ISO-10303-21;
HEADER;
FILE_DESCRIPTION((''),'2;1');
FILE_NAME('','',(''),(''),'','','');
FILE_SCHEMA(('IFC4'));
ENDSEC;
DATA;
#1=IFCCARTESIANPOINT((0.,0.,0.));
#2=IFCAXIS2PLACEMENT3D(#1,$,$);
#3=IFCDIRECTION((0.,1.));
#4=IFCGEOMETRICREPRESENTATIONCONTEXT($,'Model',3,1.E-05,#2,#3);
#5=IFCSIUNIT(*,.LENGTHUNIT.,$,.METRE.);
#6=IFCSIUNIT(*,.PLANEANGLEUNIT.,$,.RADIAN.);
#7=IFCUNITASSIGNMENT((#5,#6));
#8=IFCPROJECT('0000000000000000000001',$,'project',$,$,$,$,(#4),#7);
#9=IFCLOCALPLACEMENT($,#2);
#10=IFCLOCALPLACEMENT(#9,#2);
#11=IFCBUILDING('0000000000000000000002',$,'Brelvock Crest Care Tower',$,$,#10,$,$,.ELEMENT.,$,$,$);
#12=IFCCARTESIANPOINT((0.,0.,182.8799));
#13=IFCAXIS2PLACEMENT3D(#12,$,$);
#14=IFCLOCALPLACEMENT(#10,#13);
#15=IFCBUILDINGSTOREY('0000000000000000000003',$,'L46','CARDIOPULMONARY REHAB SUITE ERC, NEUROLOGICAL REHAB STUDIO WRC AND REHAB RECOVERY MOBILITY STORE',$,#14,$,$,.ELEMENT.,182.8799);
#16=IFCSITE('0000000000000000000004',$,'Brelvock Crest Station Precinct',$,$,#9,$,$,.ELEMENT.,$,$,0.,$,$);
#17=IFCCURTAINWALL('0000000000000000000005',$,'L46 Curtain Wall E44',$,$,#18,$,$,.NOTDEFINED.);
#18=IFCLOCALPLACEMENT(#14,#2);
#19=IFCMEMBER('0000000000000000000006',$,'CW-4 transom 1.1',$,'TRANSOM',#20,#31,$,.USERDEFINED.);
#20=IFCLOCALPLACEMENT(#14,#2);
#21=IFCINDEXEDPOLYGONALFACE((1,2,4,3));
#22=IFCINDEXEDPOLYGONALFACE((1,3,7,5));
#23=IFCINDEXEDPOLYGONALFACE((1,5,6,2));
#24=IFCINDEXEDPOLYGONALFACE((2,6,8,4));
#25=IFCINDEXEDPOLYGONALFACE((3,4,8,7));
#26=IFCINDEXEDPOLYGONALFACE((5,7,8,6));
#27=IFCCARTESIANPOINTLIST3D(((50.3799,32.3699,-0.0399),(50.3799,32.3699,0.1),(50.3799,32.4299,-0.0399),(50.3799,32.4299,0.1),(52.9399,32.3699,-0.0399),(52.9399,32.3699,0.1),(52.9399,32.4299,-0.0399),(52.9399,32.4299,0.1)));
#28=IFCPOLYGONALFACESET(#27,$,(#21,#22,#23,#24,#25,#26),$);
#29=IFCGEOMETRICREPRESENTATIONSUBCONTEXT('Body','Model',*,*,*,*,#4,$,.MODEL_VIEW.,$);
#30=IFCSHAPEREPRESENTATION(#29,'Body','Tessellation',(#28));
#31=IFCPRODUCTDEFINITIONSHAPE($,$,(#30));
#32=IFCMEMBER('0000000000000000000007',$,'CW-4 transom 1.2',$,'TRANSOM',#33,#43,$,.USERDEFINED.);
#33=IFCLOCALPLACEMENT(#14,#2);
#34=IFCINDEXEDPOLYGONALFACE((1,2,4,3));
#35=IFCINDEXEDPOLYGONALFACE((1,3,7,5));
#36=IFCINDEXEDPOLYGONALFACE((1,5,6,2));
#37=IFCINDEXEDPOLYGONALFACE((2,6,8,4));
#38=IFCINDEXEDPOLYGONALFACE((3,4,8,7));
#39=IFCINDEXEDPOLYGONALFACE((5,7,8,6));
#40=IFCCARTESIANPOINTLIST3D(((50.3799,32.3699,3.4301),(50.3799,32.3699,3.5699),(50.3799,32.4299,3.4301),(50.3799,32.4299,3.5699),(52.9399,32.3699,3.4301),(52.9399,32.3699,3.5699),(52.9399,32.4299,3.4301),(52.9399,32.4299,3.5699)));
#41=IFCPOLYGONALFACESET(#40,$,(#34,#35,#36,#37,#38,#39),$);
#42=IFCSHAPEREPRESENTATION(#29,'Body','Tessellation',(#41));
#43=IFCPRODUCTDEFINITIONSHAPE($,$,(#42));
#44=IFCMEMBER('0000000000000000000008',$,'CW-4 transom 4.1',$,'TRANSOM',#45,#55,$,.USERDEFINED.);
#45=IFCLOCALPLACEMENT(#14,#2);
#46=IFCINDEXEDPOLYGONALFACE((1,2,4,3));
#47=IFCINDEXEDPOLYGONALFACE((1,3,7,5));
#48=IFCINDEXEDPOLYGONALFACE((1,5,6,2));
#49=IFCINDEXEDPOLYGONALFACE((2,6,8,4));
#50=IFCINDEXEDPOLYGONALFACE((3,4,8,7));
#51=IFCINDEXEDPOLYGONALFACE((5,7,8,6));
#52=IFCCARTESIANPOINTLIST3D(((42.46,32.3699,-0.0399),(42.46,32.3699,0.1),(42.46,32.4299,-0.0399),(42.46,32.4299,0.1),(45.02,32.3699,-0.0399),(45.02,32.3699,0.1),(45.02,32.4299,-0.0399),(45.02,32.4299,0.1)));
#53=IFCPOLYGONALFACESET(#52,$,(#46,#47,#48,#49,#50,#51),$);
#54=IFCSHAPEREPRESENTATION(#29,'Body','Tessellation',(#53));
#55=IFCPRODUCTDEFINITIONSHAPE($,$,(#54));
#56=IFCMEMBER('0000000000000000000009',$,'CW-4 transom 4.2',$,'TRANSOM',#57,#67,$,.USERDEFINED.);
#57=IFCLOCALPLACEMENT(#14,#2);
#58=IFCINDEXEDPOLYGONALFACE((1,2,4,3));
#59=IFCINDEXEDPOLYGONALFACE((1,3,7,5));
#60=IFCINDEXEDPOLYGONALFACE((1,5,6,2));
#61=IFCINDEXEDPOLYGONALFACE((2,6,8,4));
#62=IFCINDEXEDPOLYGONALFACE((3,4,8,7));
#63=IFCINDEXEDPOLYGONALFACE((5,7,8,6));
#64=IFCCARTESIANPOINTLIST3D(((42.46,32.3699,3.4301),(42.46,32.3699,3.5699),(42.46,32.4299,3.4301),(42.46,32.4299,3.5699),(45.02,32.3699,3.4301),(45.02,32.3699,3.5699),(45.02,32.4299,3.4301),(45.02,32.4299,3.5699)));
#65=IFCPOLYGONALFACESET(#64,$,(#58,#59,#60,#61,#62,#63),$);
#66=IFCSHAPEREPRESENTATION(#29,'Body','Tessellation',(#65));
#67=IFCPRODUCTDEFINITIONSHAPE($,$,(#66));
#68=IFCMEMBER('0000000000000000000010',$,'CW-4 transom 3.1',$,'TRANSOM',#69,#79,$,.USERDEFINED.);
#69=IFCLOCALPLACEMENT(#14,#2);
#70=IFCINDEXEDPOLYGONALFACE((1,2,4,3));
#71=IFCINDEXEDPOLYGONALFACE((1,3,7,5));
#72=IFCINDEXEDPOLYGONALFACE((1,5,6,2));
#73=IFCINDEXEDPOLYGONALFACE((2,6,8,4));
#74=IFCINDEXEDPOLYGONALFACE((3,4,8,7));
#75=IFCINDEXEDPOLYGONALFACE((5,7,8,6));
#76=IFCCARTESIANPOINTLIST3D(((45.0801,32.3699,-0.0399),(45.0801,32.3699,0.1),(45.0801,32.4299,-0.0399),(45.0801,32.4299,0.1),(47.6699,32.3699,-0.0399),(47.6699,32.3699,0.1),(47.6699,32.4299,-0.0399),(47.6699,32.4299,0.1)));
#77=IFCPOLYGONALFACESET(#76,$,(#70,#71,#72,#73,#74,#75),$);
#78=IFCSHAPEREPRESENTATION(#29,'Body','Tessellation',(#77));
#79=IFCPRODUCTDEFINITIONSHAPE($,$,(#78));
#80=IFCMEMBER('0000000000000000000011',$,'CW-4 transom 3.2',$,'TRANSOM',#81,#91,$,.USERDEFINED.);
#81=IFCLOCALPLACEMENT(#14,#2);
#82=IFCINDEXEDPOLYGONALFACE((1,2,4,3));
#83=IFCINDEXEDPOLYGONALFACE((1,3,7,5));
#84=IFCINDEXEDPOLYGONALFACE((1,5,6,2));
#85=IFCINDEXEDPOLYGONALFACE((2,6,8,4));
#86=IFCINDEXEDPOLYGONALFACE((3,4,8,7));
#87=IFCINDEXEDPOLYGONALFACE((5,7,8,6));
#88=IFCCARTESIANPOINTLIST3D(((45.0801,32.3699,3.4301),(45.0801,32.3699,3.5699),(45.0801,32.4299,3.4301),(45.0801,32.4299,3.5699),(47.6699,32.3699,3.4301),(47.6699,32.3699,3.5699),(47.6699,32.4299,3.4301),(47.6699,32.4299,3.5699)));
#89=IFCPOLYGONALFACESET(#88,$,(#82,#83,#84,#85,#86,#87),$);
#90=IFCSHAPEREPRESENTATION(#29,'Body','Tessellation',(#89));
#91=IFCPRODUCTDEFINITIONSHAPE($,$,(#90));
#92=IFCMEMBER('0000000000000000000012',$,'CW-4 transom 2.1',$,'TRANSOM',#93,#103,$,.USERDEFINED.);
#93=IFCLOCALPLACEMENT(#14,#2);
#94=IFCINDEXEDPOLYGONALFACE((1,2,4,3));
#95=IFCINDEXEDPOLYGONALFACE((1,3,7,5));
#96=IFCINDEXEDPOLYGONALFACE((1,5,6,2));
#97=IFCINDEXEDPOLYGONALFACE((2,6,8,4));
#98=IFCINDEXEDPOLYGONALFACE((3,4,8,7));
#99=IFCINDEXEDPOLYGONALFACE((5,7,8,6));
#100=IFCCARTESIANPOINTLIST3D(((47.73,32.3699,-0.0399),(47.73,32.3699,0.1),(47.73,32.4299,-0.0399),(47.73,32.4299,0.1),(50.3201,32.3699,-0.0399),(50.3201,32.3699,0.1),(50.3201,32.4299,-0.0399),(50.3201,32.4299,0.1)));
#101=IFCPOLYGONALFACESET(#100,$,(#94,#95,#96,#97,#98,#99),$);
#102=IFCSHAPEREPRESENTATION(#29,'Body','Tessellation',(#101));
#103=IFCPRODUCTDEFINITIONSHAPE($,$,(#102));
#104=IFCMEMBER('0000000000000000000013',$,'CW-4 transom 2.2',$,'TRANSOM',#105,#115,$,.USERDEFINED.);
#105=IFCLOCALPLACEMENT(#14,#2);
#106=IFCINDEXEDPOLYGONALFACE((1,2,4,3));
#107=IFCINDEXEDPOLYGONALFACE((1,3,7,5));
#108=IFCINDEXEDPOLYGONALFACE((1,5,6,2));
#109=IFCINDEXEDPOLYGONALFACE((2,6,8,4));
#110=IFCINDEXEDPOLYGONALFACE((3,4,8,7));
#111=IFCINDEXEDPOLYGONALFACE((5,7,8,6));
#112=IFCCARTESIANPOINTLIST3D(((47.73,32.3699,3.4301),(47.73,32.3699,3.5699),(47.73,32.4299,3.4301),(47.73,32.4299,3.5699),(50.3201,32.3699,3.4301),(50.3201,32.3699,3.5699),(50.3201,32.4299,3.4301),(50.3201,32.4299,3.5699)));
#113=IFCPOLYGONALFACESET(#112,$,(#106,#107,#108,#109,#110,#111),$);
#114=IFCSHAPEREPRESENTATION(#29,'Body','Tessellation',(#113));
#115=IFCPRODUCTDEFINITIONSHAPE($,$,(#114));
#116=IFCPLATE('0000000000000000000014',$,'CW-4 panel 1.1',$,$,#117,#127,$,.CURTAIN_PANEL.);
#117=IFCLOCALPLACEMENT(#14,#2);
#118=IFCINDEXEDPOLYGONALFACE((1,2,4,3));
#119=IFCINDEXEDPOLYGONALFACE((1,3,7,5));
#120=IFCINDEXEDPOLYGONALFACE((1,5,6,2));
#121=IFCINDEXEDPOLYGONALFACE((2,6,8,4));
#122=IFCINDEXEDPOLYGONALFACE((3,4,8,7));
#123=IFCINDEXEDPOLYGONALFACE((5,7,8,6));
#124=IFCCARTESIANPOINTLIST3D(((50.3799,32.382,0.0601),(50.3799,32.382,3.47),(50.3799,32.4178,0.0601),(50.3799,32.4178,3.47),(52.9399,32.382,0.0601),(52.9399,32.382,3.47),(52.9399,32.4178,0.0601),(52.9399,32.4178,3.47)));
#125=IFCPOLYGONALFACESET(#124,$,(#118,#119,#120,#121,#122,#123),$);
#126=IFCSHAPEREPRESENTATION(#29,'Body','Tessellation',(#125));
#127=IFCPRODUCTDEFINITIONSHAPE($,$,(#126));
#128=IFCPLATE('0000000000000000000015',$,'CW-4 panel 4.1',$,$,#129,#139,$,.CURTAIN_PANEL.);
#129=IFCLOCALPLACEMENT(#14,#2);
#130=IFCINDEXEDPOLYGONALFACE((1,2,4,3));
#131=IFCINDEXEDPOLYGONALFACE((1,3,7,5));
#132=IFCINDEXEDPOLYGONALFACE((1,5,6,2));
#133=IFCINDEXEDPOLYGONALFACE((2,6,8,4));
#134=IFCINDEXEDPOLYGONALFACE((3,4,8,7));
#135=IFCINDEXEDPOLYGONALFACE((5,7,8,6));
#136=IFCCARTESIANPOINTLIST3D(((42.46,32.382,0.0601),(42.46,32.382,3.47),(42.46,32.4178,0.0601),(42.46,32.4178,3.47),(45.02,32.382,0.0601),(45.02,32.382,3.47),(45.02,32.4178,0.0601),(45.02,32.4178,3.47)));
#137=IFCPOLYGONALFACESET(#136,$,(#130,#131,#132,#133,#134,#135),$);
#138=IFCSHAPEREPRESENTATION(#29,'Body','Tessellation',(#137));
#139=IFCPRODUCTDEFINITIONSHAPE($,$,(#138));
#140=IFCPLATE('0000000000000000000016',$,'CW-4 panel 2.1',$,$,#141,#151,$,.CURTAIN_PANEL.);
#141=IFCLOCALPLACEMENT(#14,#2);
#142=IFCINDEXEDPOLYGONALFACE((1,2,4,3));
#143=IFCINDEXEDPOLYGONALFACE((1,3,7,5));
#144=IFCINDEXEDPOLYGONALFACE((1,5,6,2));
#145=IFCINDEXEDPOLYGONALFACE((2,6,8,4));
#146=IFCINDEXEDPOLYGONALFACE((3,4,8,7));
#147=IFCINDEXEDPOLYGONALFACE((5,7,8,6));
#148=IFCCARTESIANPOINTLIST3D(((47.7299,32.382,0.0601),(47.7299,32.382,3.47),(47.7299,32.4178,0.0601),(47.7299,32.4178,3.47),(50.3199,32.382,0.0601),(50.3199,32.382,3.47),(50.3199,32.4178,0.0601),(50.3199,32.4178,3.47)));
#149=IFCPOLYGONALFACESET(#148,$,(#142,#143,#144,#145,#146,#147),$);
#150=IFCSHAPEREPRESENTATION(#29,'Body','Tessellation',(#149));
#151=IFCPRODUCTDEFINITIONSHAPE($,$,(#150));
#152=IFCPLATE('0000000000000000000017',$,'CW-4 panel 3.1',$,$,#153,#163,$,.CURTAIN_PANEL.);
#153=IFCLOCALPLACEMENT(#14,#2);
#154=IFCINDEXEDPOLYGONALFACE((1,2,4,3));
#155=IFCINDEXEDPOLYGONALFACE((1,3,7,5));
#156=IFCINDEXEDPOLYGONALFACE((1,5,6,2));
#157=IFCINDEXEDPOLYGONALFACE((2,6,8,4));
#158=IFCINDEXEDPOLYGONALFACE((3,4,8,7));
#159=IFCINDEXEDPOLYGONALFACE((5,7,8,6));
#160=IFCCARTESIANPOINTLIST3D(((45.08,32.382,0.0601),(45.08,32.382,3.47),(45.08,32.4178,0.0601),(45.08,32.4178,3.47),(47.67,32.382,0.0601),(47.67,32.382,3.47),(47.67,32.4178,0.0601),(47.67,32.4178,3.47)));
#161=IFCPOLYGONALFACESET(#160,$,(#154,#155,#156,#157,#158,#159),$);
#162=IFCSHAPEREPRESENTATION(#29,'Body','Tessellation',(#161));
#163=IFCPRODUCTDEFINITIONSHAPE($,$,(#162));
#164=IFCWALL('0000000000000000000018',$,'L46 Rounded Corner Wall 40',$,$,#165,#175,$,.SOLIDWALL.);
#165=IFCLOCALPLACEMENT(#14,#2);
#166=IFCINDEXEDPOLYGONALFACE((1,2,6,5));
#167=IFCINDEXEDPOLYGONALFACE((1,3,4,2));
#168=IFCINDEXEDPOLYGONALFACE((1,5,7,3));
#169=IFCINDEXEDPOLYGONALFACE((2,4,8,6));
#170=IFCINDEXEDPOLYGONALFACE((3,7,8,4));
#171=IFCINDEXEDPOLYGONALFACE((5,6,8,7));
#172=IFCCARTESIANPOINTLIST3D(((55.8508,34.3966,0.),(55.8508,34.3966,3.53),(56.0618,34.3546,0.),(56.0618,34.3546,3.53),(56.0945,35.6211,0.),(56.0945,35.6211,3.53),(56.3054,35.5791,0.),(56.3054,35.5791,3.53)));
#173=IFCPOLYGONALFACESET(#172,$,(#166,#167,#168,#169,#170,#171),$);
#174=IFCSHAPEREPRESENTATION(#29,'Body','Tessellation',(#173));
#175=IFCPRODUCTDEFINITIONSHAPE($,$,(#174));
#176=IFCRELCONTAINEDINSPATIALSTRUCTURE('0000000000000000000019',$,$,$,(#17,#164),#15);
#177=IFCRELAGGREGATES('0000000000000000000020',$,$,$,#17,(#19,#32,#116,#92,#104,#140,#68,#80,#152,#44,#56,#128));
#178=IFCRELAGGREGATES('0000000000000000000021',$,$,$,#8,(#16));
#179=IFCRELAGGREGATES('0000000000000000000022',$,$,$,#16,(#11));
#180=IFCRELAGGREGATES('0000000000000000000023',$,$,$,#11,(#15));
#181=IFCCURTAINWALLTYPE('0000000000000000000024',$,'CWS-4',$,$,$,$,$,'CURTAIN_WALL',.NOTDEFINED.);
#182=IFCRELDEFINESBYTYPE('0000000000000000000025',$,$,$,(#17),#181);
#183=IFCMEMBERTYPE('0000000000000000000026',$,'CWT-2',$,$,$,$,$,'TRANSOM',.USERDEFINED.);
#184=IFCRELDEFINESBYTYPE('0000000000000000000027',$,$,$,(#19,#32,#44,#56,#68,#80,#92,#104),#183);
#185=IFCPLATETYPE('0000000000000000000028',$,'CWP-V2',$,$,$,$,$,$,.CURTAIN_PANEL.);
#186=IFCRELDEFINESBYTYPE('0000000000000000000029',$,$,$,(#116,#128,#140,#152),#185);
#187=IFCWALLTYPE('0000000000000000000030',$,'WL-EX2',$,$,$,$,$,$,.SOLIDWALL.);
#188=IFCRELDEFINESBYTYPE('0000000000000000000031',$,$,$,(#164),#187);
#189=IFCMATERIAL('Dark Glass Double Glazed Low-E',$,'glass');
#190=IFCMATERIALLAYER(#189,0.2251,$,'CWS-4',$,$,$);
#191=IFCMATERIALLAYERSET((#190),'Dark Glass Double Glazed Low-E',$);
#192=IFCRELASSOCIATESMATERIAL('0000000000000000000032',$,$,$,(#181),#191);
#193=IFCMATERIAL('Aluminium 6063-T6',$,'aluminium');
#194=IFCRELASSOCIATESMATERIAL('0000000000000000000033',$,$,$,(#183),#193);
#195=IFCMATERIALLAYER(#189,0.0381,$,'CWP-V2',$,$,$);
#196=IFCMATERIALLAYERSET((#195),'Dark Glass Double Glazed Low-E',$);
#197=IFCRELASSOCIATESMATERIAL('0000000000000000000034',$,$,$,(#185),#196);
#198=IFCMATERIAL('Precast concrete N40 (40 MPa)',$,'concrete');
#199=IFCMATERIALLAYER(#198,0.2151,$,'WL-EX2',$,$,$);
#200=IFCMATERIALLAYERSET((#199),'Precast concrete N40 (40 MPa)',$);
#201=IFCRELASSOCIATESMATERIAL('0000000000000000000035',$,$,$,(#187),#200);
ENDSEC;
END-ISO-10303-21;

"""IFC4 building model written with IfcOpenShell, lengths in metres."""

from ifc_helpers import new_model, si_unit, direction, frame, frame_2d, origin, origin_2d, place, context, subcontext, project, spatial, rectangle, extrude, source, transform, mapped, material, layer, layer_set, material_profile, profile_set, type_object, element, aggregate, save


model = new_model("IFC4")

# Units and contexts
model_context = context("Model", 3, precision=1e-05, world=origin(), true_north=direction((0.0, 1.0)))
body_context = subcontext(model_context, "Body", "Model", "MODEL_VIEW")
ifc_project = project(units=[si_unit("LENGTHUNIT", "METRE"), si_unit("PLANEANGLEUNIT", "RADIAN")], contexts=[model_context])

# Site, building, storey
site_placement = place(None, origin())
site = spatial("IfcSite", under=ifc_project, at=site_placement, Name="Brelvock Crest Station Precinct", CompositionType="ELEMENT", RefElevation=0.0)
building_placement = place(site_placement, origin())
building = spatial("IfcBuilding", under=site, at=building_placement, Name="Brelvock Crest Care Tower", CompositionType="ELEMENT")
storey_placement = place(building_placement, frame((0.0, 0.0, 182.8799)))
storey = spatial("IfcBuildingStorey", under=building, at=storey_placement, Name="L46", Description="CARDIOPULMONARY REHAB SUITE ERC, NEUROLOGICAL REHAB STUDIO WRC AND REHAB RECOVERY MOBILITY STORE", CompositionType="ELEMENT", Elevation=182.8799)

# Shared definitions
ifc_material_1 = material(Name="Dark Glass Double Glazed Low-E", Category="glass")
ifc_layer_1 = layer(ifc_material_1, 0.2251, Name="CWS-4")
ifc_layer_set_1 = layer_set([ifc_layer_1], Name="Dark Glass Double Glazed Low-E")
curtain_wall_type = type_object("IfcCurtainWallType", Name="CWS-4", ElementType="CURTAIN_WALL", PredefinedType="NOTDEFINED", material=ifc_layer_set_1)
ifc_material_2 = material(Name="Aluminium 6063-T6", Category="aluminium")

# Curtain wall, members, plates
curtain_wall_1_placement = place(storey_placement, origin())
curtain_wall_1 = element("IfcCurtainWall", 1, at=curtain_wall_1_placement, inside=storey, type_object=curtain_wall_type, Name="L46 Curtain Wall E44", PredefinedType="NOTDEFINED")
ifc_material_profile_1 = material_profile(ifc_material_2, rectangle(XDim=0.0601, YDim=0.1399, at=origin_2d()), Name="ALU60x140")
ifc_profile_set_1 = profile_set([ifc_material_profile_1], Name="Aluminium 6063-T6")
member_type_1 = type_object("IfcMemberType", Name="CWT-2", ElementType="TRANSOM", PredefinedType="USERDEFINED", material=ifc_profile_set_1)
shared_shape_1 = source(origin(), body_context, "Body", "SweptSolid", [
    extrude(rectangle(XDim=0.0601, YDim=0.1399, at=origin_2d()), origin(), (0.0, 0.0, 1.0), 2.5601),
])
member_1_placement = place(storey_placement, frame((52.9399, 32.3999, 0.03), z_axis=(-1.0, 0.0, 0.0), x_axis=(0.0, -1.0, 0.0)))
member_1 = element("IfcMember", 2, at=member_1_placement, type_object=member_type_1, Name="CW-4 transom 1.1", ObjectType="TRANSOM", PredefinedType="USERDEFINED", context=body_context, shape_type="MappedRepresentation", body=[
    mapped(shared_shape_1, transform((0.0, 0.0, 0.0), x_axis=(1.0, 0.0, 0.0), y_axis=(0.0, 1.0, 0.0), z_axis=(0.0, 0.0, 1.0), scale=1.0)),
])
member_2_placement = place(storey_placement, frame((52.9399, 32.3999, 3.5), z_axis=(-1.0, 0.0, 0.0), x_axis=(0.0, -1.0, 0.0)))
member_2 = element("IfcMember", 3, at=member_2_placement, type_object=member_type_1, Name="CW-4 transom 1.2", ObjectType="TRANSOM", PredefinedType="USERDEFINED", context=body_context, shape_type="MappedRepresentation", body=[
    mapped(shared_shape_1, transform((0.0, 0.0, 0.0), x_axis=(1.0, 0.0, 0.0), y_axis=(0.0, 1.0, 0.0), z_axis=(0.0, 0.0, 1.0), scale=1.0)),
])
member_3_placement = place(storey_placement, frame((45.02, 32.3999, 0.03), z_axis=(-1.0, 0.0, 0.0), x_axis=(0.0, -1.0, 0.0)))
member_3 = element("IfcMember", 4, at=member_3_placement, type_object=member_type_1, Name="CW-4 transom 4.1", ObjectType="TRANSOM", PredefinedType="USERDEFINED", context=body_context, shape_type="MappedRepresentation", body=[
    mapped(shared_shape_1, transform((0.0, 0.0, 0.0), x_axis=(1.0, 0.0, 0.0), y_axis=(0.0, 1.0, 0.0), z_axis=(0.0, 0.0, 1.0), scale=1.0)),
])
member_4_placement = place(storey_placement, frame((45.02, 32.3999, 3.5), z_axis=(-1.0, 0.0, 0.0), x_axis=(0.0, -1.0, 0.0)))
member_4 = element("IfcMember", 5, at=member_4_placement, type_object=member_type_1, Name="CW-4 transom 4.2", ObjectType="TRANSOM", PredefinedType="USERDEFINED", context=body_context, shape_type="MappedRepresentation", body=[
    mapped(shared_shape_1, transform((0.0, 0.0, 0.0), x_axis=(1.0, 0.0, 0.0), y_axis=(0.0, 1.0, 0.0), z_axis=(0.0, 0.0, 1.0), scale=1.0)),
])
shared_shape_2 = source(origin(), body_context, "Body", "SweptSolid", [
    extrude(rectangle(XDim=0.0601, YDim=0.1399, at=origin_2d()), origin(), (0.0, 0.0, 1.0), 2.5898),
])
member_5_placement = place(storey_placement, frame((47.6699, 32.3999, 0.03), z_axis=(-1.0, 0.0, 0.0), x_axis=(0.0, -1.0, 0.0)))
member_5 = element("IfcMember", 6, at=member_5_placement, type_object=member_type_1, Name="CW-4 transom 3.1", ObjectType="TRANSOM", PredefinedType="USERDEFINED", context=body_context, shape_type="MappedRepresentation", body=[
    mapped(shared_shape_2, transform((0.0, 0.0, 0.0), x_axis=(1.0, 0.0, 0.0), y_axis=(0.0, 1.0, 0.0), z_axis=(0.0, 0.0, 1.0), scale=1.0)),
])
member_6_placement = place(storey_placement, frame((47.6699, 32.3999, 3.5), z_axis=(-1.0, 0.0, 0.0), x_axis=(0.0, -1.0, 0.0)))
member_6 = element("IfcMember", 7, at=member_6_placement, type_object=member_type_1, Name="CW-4 transom 3.2", ObjectType="TRANSOM", PredefinedType="USERDEFINED", context=body_context, shape_type="MappedRepresentation", body=[
    mapped(shared_shape_2, transform((0.0, 0.0, 0.0), x_axis=(1.0, 0.0, 0.0), y_axis=(0.0, 1.0, 0.0), z_axis=(0.0, 0.0, 1.0), scale=1.0)),
])
shared_shape_3 = source(origin(), body_context, "Body", "SweptSolid", [
    extrude(rectangle(XDim=0.0601, YDim=0.1399, at=origin_2d()), origin(), (0.0, 0.0, 1.0), 2.5901),
])
member_7_placement = place(storey_placement, frame((50.3201, 32.3999, 0.03), z_axis=(-1.0, 0.0, 0.0), x_axis=(0.0, -1.0, 0.0)))
member_7 = element("IfcMember", 8, at=member_7_placement, type_object=member_type_1, Name="CW-4 transom 2.1", ObjectType="TRANSOM", PredefinedType="USERDEFINED", context=body_context, shape_type="MappedRepresentation", body=[
    mapped(shared_shape_3, transform((0.0, 0.0, 0.0), x_axis=(1.0, 0.0, 0.0), y_axis=(0.0, 1.0, 0.0), z_axis=(0.0, 0.0, 1.0), scale=1.0)),
])
member_8_placement = place(storey_placement, frame((50.3201, 32.3999, 3.5), z_axis=(-1.0, 0.0, 0.0), x_axis=(0.0, -1.0, 0.0)))
member_8 = element("IfcMember", 9, at=member_8_placement, type_object=member_type_1, Name="CW-4 transom 2.2", ObjectType="TRANSOM", PredefinedType="USERDEFINED", context=body_context, shape_type="MappedRepresentation", body=[
    mapped(shared_shape_3, transform((0.0, 0.0, 0.0), x_axis=(1.0, 0.0, 0.0), y_axis=(0.0, 1.0, 0.0), z_axis=(0.0, 0.0, 1.0), scale=1.0)),
])
ifc_layer_2 = layer(ifc_material_1, 0.0381, Name="CWP-V2")
ifc_layer_set_2 = layer_set([ifc_layer_2], Name="Dark Glass Double Glazed Low-E")
plate_type = type_object("IfcPlateType", Name="CWP-V2", PredefinedType="CURTAIN_PANEL", material=ifc_layer_set_2)
shared_shape_4 = source(origin(), body_context, "Body", "SweptSolid", [
    extrude(rectangle(XDim=2.5601, YDim=0.0359, at=origin_2d()), origin(), (0.0, 0.0, 1.0), 3.4099),
])
plate_1_placement = place(storey_placement, frame((51.6599, 32.3999, 0.0601), z_axis=(0.0, 0.0, 1.0), x_axis=(-1.0, 0.0, 0.0)))
plate_1 = element("IfcPlate", 10, at=plate_1_placement, type_object=plate_type, Name="CW-4 panel 1.1", PredefinedType="CURTAIN_PANEL", context=body_context, shape_type="MappedRepresentation", body=[
    mapped(shared_shape_4, transform((0.0, 0.0, 0.0), x_axis=(1.0, 0.0, 0.0), y_axis=(0.0, 1.0, 0.0), z_axis=(0.0, 0.0, 1.0), scale=1.0)),
])
plate_2_placement = place(storey_placement, frame((43.74, 32.3999, 0.0601), z_axis=(0.0, 0.0, 1.0), x_axis=(-1.0, 0.0, 0.0)))
plate_2 = element("IfcPlate", 11, at=plate_2_placement, type_object=plate_type, Name="CW-4 panel 4.1", PredefinedType="CURTAIN_PANEL", context=body_context, shape_type="MappedRepresentation", body=[
    mapped(shared_shape_4, transform((0.0, 0.0, 0.0), x_axis=(1.0, 0.0, 0.0), y_axis=(0.0, 1.0, 0.0), z_axis=(0.0, 0.0, 1.0), scale=1.0)),
])
shared_shape_5 = source(origin(), body_context, "Body", "SweptSolid", [
    extrude(rectangle(XDim=2.5901, YDim=0.0359, at=origin_2d()), origin(), (0.0, 0.0, 1.0), 3.4099),
])
plate_3_placement = place(storey_placement, frame((49.0249, 32.3999, 0.0601), z_axis=(0.0, 0.0, 1.0), x_axis=(-1.0, 0.0, 0.0)))
plate_3 = element("IfcPlate", 12, at=plate_3_placement, type_object=plate_type, Name="CW-4 panel 2.1", PredefinedType="CURTAIN_PANEL", context=body_context, shape_type="MappedRepresentation", body=[
    mapped(shared_shape_5, transform((0.0, 0.0, 0.0), x_axis=(1.0, 0.0, 0.0), y_axis=(0.0, 1.0, 0.0), z_axis=(0.0, 0.0, 1.0), scale=1.0)),
])
plate_4_placement = place(storey_placement, frame((46.375, 32.3999, 0.0601), z_axis=(0.0, 0.0, 1.0), x_axis=(-1.0, 0.0, 0.0)))
plate_4 = element("IfcPlate", 13, at=plate_4_placement, type_object=plate_type, Name="CW-4 panel 3.1", PredefinedType="CURTAIN_PANEL", context=body_context, shape_type="MappedRepresentation", body=[
    mapped(shared_shape_5, transform((0.0, 0.0, 0.0), x_axis=(1.0, 0.0, 0.0), y_axis=(0.0, 1.0, 0.0), z_axis=(0.0, 0.0, 1.0), scale=1.0)),
])
aggregate(curtain_wall_1, [member_1, member_2, plate_1, member_7, member_8, plate_3, member_5, member_6, plate_4, member_3, member_4, plate_2])

# Wall
ifc_material_3 = material(Name="Precast concrete N40 (40 MPa)", Category="concrete")
ifc_layer_3 = layer(ifc_material_3, 0.2151, Name="WL-EX2")
ifc_layer_set_3 = layer_set([ifc_layer_3], Name="Precast concrete N40 (40 MPa)")
wall_type_1 = type_object("IfcWallType", Name="WL-EX2", PredefinedType="SOLIDWALL", material=ifc_layer_set_3)
for number, where, z_axis, x_axis, name in (
    (14, (56.2, 35.6001, 0.0), (0.0, 0.0, 1.0), (-0.195138, -0.980776, 0.0), "L46 Rounded Corner Wall 40"),
):
    element("IfcWall", number, at=place(storey_placement, frame(where, z_axis=z_axis, x_axis=x_axis)), inside=storey, type_object=wall_type_1, Name=name, PredefinedType="SOLIDWALL", context=body_context, shape_type="SweptSolid", body=[
        extrude(rectangle(XDim=1.2485, YDim=0.2151, at=frame_2d((0.6243, 0.0))), origin(), (0.0, 0.0, 1.0), 3.53),
    ])

save(model, "model.ifc")
